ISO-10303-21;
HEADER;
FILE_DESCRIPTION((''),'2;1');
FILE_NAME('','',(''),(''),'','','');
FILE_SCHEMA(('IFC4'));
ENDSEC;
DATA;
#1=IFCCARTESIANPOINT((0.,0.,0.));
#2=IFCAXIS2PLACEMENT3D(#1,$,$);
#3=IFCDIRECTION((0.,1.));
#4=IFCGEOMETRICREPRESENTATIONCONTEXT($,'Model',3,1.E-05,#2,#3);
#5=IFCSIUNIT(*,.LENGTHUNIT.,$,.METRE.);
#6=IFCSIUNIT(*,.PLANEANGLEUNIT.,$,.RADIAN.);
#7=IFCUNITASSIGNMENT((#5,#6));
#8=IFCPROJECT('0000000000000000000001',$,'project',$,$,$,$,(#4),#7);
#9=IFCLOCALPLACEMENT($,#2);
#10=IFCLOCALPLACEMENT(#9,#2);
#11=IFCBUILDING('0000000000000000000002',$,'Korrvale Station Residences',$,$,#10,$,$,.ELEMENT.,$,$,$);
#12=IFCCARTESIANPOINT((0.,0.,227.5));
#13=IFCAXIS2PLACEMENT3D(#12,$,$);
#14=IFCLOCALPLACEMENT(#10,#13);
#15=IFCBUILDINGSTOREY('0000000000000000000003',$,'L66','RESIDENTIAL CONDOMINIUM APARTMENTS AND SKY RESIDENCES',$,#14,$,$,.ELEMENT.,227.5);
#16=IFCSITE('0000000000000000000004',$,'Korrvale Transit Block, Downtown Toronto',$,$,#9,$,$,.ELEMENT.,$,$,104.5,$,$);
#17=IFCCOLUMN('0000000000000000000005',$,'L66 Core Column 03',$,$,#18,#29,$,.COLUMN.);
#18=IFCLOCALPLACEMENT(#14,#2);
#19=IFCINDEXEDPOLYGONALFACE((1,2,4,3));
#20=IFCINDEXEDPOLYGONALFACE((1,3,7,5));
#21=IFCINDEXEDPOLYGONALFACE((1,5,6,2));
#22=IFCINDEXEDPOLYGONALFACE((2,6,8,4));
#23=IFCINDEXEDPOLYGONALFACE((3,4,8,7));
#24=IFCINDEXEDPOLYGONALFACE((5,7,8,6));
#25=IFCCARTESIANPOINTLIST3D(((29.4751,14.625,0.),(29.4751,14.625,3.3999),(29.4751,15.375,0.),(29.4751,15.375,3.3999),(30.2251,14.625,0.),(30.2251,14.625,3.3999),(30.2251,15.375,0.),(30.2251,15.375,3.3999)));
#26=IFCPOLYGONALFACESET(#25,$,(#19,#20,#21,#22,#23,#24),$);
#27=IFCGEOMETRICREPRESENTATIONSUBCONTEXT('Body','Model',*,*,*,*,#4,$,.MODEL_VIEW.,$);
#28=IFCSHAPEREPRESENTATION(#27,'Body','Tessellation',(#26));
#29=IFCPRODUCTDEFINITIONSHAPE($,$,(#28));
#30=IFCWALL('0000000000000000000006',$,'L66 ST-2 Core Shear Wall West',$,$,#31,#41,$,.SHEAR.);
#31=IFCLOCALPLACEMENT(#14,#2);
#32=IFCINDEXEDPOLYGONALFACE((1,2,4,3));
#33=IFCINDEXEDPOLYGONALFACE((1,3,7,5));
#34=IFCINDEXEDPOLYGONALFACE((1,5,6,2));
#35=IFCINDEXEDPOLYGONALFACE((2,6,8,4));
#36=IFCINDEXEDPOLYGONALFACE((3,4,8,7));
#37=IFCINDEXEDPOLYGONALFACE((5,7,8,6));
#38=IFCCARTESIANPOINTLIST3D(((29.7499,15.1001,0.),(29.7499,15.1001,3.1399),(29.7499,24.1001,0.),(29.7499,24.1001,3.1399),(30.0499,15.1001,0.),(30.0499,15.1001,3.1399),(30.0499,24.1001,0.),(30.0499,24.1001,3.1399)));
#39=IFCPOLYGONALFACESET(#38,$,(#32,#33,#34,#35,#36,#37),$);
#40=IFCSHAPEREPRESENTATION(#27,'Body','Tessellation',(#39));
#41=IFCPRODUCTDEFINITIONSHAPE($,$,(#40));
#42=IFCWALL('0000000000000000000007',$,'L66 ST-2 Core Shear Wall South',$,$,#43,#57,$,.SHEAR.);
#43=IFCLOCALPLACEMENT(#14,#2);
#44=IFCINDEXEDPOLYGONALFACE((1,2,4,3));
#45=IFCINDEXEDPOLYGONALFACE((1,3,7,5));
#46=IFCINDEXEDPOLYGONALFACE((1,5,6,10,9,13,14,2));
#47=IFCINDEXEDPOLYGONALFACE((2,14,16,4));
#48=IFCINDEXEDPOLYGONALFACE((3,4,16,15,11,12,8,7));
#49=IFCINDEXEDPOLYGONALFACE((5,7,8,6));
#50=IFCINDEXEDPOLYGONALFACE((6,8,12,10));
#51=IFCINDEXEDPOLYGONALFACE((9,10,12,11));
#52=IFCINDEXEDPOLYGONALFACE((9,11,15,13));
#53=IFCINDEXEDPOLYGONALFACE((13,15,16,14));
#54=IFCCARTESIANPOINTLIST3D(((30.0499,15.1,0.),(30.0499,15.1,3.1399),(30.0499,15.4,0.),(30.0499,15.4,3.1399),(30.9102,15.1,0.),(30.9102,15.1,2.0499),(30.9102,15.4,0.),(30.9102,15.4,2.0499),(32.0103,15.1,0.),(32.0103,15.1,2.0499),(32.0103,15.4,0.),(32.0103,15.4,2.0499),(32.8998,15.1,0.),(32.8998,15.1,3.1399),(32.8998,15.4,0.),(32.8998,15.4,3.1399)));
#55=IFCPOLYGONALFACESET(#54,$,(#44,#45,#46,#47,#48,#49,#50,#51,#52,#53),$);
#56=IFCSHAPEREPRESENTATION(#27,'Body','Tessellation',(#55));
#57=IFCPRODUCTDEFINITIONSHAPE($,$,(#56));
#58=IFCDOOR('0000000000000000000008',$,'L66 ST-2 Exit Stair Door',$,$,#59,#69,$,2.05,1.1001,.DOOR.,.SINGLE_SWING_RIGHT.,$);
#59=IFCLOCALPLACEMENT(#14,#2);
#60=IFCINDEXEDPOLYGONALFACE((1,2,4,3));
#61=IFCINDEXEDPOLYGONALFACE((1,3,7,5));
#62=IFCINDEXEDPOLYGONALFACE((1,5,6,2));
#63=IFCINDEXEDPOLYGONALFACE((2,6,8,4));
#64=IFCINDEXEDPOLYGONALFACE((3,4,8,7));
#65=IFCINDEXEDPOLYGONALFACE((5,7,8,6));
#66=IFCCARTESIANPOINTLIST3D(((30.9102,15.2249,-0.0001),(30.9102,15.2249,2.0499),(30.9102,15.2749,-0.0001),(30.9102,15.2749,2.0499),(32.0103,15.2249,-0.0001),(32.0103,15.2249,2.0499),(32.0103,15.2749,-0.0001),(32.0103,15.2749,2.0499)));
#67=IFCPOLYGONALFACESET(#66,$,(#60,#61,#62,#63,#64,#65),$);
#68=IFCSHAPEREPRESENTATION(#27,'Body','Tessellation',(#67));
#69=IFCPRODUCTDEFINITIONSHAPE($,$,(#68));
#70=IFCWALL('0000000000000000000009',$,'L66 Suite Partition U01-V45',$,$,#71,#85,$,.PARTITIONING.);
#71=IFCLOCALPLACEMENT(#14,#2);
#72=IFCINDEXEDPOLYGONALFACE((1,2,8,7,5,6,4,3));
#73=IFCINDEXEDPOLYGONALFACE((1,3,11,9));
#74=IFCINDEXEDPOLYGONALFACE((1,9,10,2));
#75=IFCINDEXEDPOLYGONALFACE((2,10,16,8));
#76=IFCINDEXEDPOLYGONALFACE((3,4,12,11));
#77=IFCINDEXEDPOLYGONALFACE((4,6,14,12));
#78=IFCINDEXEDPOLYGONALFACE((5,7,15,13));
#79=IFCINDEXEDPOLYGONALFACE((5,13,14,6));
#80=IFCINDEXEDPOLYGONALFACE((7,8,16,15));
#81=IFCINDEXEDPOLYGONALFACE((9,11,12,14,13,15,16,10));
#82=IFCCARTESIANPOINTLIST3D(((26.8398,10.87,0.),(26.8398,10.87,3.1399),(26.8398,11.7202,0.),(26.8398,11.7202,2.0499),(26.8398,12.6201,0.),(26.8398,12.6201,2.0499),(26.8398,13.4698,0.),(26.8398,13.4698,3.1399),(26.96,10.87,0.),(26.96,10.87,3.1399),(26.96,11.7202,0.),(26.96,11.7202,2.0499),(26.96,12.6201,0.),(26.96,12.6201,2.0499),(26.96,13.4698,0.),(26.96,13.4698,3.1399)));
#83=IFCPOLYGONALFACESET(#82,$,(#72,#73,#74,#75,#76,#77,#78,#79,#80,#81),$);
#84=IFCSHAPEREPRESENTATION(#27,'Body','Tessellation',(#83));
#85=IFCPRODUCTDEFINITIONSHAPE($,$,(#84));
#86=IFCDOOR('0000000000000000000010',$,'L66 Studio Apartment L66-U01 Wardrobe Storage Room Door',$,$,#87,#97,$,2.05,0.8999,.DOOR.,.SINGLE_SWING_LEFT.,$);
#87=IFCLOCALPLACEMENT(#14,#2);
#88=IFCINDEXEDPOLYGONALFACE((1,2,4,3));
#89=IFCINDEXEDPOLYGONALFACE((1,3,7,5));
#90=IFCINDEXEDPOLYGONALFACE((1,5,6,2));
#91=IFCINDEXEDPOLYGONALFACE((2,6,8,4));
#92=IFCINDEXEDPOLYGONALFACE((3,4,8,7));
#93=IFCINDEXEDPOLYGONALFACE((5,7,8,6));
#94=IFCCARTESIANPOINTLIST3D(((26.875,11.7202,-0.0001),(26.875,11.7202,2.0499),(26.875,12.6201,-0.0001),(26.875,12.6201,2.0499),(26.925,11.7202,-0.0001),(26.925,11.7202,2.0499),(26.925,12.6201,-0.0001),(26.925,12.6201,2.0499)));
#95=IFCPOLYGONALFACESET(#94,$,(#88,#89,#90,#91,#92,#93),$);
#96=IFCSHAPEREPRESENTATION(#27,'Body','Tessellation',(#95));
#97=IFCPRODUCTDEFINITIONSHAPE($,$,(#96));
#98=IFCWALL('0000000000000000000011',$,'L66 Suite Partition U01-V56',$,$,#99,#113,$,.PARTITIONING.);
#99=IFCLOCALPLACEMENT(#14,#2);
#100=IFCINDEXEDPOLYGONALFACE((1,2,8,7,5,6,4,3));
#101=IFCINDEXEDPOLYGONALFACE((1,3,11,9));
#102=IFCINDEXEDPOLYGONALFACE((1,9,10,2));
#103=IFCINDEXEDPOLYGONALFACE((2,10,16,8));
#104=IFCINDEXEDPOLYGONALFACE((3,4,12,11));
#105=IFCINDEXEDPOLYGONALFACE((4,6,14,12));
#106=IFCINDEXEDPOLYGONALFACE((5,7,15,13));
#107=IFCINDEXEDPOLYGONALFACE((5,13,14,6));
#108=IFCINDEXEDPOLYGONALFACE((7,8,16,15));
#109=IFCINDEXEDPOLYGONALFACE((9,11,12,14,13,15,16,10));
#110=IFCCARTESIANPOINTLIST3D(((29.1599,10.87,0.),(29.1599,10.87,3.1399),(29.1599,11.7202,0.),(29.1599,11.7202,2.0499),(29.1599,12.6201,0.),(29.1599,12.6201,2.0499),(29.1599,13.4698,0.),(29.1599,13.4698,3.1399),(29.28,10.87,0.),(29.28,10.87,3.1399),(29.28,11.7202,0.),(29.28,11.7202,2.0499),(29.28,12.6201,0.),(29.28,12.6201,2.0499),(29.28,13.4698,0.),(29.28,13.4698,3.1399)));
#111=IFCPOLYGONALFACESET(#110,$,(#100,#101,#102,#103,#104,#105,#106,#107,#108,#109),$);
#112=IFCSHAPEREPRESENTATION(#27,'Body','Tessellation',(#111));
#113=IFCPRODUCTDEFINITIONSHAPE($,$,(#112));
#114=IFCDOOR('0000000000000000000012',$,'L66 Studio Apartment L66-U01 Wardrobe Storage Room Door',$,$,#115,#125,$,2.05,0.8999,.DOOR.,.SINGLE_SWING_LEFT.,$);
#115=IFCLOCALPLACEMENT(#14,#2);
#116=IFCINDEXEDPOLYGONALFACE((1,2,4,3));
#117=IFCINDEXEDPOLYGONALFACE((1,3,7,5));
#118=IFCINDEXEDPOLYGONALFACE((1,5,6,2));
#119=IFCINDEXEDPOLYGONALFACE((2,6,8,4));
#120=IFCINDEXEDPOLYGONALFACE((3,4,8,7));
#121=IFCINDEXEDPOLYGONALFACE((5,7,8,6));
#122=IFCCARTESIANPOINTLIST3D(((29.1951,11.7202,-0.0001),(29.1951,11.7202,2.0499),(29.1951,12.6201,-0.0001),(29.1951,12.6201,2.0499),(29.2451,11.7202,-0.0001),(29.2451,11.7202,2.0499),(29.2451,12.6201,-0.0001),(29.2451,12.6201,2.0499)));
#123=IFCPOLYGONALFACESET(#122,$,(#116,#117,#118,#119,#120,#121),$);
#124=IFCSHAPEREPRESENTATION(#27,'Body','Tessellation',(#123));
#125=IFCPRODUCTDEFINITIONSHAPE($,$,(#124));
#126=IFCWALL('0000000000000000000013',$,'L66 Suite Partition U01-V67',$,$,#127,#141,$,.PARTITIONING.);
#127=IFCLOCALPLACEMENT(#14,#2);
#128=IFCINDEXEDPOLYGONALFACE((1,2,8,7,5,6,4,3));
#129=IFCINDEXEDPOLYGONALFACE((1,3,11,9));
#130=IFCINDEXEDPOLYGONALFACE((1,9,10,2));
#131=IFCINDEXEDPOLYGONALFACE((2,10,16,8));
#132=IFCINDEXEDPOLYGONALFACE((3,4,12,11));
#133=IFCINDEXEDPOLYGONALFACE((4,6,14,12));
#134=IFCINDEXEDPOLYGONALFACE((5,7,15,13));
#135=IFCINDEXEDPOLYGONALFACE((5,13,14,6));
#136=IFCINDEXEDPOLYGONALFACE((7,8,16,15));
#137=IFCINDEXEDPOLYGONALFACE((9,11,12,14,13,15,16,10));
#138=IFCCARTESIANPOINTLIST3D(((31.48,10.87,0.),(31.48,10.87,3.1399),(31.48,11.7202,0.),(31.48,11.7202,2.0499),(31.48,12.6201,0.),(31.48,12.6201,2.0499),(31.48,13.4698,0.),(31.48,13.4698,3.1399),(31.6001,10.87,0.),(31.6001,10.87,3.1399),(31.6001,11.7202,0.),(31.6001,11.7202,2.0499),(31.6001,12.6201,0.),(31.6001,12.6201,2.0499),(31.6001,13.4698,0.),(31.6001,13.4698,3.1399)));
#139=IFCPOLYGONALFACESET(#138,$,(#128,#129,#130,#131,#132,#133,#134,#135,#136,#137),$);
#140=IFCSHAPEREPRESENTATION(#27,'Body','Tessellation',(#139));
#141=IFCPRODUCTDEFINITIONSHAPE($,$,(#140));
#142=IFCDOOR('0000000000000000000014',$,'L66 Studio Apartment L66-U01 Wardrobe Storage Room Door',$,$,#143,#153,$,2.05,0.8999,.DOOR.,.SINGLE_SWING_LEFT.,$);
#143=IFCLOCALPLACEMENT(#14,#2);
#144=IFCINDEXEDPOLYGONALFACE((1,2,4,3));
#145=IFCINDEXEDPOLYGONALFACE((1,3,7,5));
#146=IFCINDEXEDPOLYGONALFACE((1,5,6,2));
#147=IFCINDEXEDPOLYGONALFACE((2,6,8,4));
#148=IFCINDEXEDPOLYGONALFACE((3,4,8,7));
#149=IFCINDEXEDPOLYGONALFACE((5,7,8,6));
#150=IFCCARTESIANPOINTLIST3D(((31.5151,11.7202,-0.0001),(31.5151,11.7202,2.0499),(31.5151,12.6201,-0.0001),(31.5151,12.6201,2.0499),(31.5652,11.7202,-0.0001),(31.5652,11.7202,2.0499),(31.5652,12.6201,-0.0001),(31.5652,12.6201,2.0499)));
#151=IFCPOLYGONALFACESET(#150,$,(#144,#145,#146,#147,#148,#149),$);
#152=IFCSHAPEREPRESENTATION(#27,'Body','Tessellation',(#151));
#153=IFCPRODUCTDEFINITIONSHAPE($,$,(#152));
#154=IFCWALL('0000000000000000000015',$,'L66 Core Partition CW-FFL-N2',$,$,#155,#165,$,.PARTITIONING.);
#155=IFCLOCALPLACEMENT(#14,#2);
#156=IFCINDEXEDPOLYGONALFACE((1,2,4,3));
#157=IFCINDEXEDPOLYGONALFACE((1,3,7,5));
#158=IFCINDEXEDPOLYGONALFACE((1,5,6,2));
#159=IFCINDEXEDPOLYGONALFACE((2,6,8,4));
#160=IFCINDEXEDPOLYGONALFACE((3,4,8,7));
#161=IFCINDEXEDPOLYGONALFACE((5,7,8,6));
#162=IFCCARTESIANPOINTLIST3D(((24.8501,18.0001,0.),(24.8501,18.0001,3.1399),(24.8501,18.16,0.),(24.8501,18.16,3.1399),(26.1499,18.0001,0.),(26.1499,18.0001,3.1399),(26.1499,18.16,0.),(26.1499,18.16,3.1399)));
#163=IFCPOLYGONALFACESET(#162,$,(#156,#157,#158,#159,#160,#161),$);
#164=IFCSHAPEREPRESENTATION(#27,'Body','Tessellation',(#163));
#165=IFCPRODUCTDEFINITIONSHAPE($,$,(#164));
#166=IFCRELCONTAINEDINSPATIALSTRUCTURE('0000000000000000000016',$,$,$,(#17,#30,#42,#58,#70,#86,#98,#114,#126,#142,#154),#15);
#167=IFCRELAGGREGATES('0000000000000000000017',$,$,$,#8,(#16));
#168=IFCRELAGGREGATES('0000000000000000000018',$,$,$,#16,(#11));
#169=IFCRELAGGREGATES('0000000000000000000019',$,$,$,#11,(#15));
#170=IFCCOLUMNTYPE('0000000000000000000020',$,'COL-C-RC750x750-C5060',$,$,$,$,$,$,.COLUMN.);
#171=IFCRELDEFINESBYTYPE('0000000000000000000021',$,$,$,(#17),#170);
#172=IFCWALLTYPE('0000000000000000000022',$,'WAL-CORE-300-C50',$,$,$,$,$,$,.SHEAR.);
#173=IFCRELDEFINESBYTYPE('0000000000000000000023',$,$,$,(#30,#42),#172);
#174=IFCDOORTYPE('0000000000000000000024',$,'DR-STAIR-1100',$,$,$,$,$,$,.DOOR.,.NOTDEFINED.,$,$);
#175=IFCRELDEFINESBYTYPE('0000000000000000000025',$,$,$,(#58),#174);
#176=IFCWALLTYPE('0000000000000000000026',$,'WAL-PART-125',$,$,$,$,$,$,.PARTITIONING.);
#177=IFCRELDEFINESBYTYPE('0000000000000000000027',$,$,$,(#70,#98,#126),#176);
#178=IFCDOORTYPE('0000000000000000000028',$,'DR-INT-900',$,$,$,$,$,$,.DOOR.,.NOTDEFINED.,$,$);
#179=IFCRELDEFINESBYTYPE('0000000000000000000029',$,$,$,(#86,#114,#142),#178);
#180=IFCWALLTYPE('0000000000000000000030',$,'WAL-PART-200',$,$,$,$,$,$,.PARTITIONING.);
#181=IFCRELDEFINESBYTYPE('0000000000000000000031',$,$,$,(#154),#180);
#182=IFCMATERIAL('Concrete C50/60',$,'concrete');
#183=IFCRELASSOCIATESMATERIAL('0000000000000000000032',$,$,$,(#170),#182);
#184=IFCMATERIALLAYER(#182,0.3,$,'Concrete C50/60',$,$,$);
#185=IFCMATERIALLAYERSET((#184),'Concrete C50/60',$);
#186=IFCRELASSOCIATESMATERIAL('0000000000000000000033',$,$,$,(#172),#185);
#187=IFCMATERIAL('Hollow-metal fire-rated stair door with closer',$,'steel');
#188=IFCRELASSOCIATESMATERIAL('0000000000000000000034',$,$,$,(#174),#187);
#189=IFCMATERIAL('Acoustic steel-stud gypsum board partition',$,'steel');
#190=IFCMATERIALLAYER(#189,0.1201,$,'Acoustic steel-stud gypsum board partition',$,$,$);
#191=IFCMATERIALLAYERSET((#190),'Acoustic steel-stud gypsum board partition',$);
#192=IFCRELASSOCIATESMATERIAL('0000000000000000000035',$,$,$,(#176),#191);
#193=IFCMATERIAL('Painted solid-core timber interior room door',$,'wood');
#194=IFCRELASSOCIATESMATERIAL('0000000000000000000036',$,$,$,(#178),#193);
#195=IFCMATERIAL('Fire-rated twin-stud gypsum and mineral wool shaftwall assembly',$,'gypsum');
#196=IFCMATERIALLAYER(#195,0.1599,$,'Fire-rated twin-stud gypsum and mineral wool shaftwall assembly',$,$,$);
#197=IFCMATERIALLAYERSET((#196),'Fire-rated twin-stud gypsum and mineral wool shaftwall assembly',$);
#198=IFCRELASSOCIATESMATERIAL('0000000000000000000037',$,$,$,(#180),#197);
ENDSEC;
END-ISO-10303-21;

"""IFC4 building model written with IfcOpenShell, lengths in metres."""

from ifc_helpers import new_model, si_unit, direction, frame, frame_2d, origin, origin_2d, place, context, subcontext, project, spatial, rectangle, extrude, material, layer, layer_set, material_profile, profile_set, type_object, element, fill, save


model = new_model("IFC4")

# Units and contexts
model_context = context("Model", 3, precision=1e-05, world=origin(), true_north=direction((0.0, 1.0)))
body_context = subcontext(model_context, "Body", "Model", "MODEL_VIEW")
ifc_project = project(units=[si_unit("LENGTHUNIT", "METRE"), si_unit("PLANEANGLEUNIT", "RADIAN")], contexts=[model_context])

# Site, building, storey
site_placement = place(None, origin())
site = spatial("IfcSite", under=ifc_project, at=site_placement, Name="Korrvale Transit Block, Downtown Toronto", CompositionType="ELEMENT", RefElevation=104.5)
building_placement = place(site_placement, origin())
building = spatial("IfcBuilding", under=site, at=building_placement, Name="Korrvale Station Residences", CompositionType="ELEMENT")
storey_placement = place(building_placement, frame((0.0, 0.0, 227.5)))
storey = spatial("IfcBuildingStorey", under=building, at=storey_placement, Name="L66", Description="RESIDENTIAL CONDOMINIUM APARTMENTS AND SKY RESIDENCES", CompositionType="ELEMENT", Elevation=227.5)

# Column
ifc_material_1 = material(Name="Concrete C50/60", Category="concrete")
ifc_material_profile = material_profile(ifc_material_1, rectangle(XDim=0.75, YDim=0.75, at=origin_2d()), Name="RC750x750")
ifc_profile_set = profile_set([ifc_material_profile], Name="Concrete C50/60")
column_type = type_object("IfcColumnType", Name="COL-C-RC750x750-C5060", PredefinedType="COLUMN", material=ifc_profile_set)
column_placement = place(storey_placement, frame((29.8501, 15.0, 0.0), z_axis=(0.0, 0.0, 1.0), x_axis=(1.0, 0.0, 0.0)))
element("IfcColumn", 1, at=column_placement, inside=storey, type_object=column_type, Name="L66 Core Column 03", PredefinedType="COLUMN", context=body_context, shape_type="SweptSolid", body=[
    extrude(rectangle(XDim=0.75, YDim=0.75, at=origin_2d()), origin(), (0.0, 0.0, 1.0), 3.3999),
])

# Wall
ifc_layer_1 = layer(ifc_material_1, 0.3, Name="Concrete C50/60")
ifc_layer_set_1 = layer_set([ifc_layer_1], Name="Concrete C50/60")
wall_type_1 = type_object("IfcWallType", Name="WAL-CORE-300-C50", PredefinedType="SHEAR", material=ifc_layer_set_1)
wall_1_placement = place(storey_placement, frame((29.8999, 15.1001, 0.0), z_axis=(0.0, 0.0, 1.0), x_axis=(0.0, 1.0, 0.0)))
element("IfcWall", 2, at=wall_1_placement, inside=storey, type_object=wall_type_1, Name="L66 ST-2 Core Shear Wall West", PredefinedType="SHEAR", context=body_context, shape_type="SweptSolid", body=[
    extrude(rectangle(XDim=9.0, YDim=0.3, at=frame_2d((4.5, 0.0))), origin(), (0.0, 0.0, 1.0), 3.1399),
])

# Walls, openings, doors
wall_2_placement = place(storey_placement, frame((30.05, 15.25, 0.0), z_axis=(0.0, 0.0, 1.0), x_axis=(1.0, 0.0, 0.0)))
wall_2 = element("IfcWall", 3, at=wall_2_placement, inside=storey, type_object=wall_type_1, Name="L66 ST-2 Core Shear Wall South", PredefinedType="SHEAR", context=body_context, shape_type="SweptSolid", body=[
    extrude(rectangle(XDim=2.8499, YDim=0.3, at=frame_2d((1.4248, 0.0))), origin(), (0.0, 0.0, 1.0), 3.1399),
])
opening_1_placement = place(wall_2_placement, frame((0.8601, 0.0, 0.0)))
opening_1 = element("IfcOpeningElement", 4, at=opening_1_placement, cuts=wall_2, PredefinedType="OPENING", context=body_context, shape_type="SweptSolid", body=[
    extrude(rectangle(XDim=1.1001, YDim=2.05, at=frame_2d((0.55, 1.0249))), frame((0.0, 0.1602, 0.0), z_axis=(0.0, -1.0, 0.0), x_axis=(1.0, 0.0, 0.0)), (0.0, 0.0, 1.0), 0.3201),
])
ifc_material_2 = material(Name="Hollow-metal fire-rated stair door with closer", Category="steel")
door_type_1 = type_object("IfcDoorType", Name="DR-STAIR-1100", OperationType="NOTDEFINED", PredefinedType="DOOR", material=ifc_material_2)
door_1_placement = place(opening_1_placement, origin())
door_1 = element("IfcDoor", 5, at=door_1_placement, inside=storey, type_object=door_type_1, Name="L66 ST-2 Exit Stair Door", OperationType="SINGLE_SWING_RIGHT", OverallHeight=2.05, OverallWidth=1.1001, PredefinedType="DOOR", context=body_context, shape_type="SweptSolid", body=[
    extrude(rectangle(XDim=1.1001, YDim=2.05, at=frame_2d((0.55, 1.0249))), frame((0.0, 0.0249, 0.0), z_axis=(0.0, -1.0, 0.0), x_axis=(1.0, 0.0, 0.0)), (0.0, 0.0, 1.0), 0.05),
])
fill(opening_1, door_1)
ifc_material_3 = material(Name="Acoustic steel-stud gypsum board partition", Category="steel")
ifc_layer_2 = layer(ifc_material_3, 0.1201, Name="Acoustic steel-stud gypsum board partition")
ifc_layer_set_2 = layer_set([ifc_layer_2], Name="Acoustic steel-stud gypsum board partition")
wall_type_2 = type_object("IfcWallType", Name="WAL-PART-125", PredefinedType="PARTITIONING", material=ifc_layer_set_2)
wall_3_placement = place(storey_placement, frame((26.8999, 10.8701, 0.0), z_axis=(0.0, 0.0, 1.0), x_axis=(0.0, 1.0, 0.0)))
wall_3 = element("IfcWall", 6, at=wall_3_placement, inside=storey, type_object=wall_type_2, Name="L66 Suite Partition U01-V45", PredefinedType="PARTITIONING", context=body_context, shape_type="SweptSolid", body=[
    extrude(rectangle(XDim=2.5999, YDim=0.1201, at=frame_2d((1.2998, 0.0))), origin(), (0.0, 0.0, 1.0), 3.1399),
])
opening_2_placement = place(wall_3_placement, frame((0.8501, 0.0, 0.0)))
opening_2 = element("IfcOpeningElement", 7, at=opening_2_placement, cuts=wall_3, PredefinedType="OPENING", context=body_context, shape_type="SweptSolid", body=[
    extrude(rectangle(XDim=0.8999, YDim=2.05, at=frame_2d((0.45, 1.0249))), frame((0.0, 0.0701, 0.0), z_axis=(0.0, -1.0, 0.0), x_axis=(1.0, 0.0, 0.0)), (0.0, 0.0, 1.0), 0.1401),
])
ifc_material_4 = material(Name="Painted solid-core timber interior room door", Category="wood")
door_type_2 = type_object("IfcDoorType", Name="DR-INT-900", OperationType="NOTDEFINED", PredefinedType="DOOR", material=ifc_material_4)
door_2_placement = place(opening_2_placement, origin())
door_2 = element("IfcDoor", 8, at=door_2_placement, inside=storey, type_object=door_type_2, Name="L66 Studio Apartment L66-U01 Wardrobe Storage Room Door", OperationType="SINGLE_SWING_LEFT", OverallHeight=2.05, OverallWidth=0.8999, PredefinedType="DOOR", context=body_context, shape_type="SweptSolid", body=[
    extrude(rectangle(XDim=0.8999, YDim=2.05, at=frame_2d((0.45, 1.0249))), frame((0.0, 0.0249, 0.0), z_axis=(0.0, -1.0, 0.0), x_axis=(1.0, 0.0, 0.0)), (0.0, 0.0, 1.0), 0.05),
])
fill(opening_2, door_2)
wall_4_placement = place(storey_placement, frame((29.22, 10.8701, 0.0), z_axis=(0.0, 0.0, 1.0), x_axis=(0.0, 1.0, 0.0)))
wall_4 = element("IfcWall", 9, at=wall_4_placement, inside=storey, type_object=wall_type_2, Name="L66 Suite Partition U01-V56", PredefinedType="PARTITIONING", context=body_context, shape_type="SweptSolid", body=[
    extrude(rectangle(XDim=2.5999, YDim=0.1201, at=frame_2d((1.2998, 0.0))), origin(), (0.0, 0.0, 1.0), 3.1399),
])
opening_3_placement = place(wall_4_placement, frame((0.8501, 0.0, 0.0)))
opening_3 = element("IfcOpeningElement", 10, at=opening_3_placement, cuts=wall_4, PredefinedType="OPENING", context=body_context, shape_type="SweptSolid", body=[
    extrude(rectangle(XDim=0.8999, YDim=2.05, at=frame_2d((0.45, 1.0249))), frame((0.0, 0.0701, 0.0), z_axis=(0.0, -1.0, 0.0), x_axis=(1.0, 0.0, 0.0)), (0.0, 0.0, 1.0), 0.1401),
])
door_3_placement = place(opening_3_placement, origin())
door_3 = element("IfcDoor", 11, at=door_3_placement, inside=storey, type_object=door_type_2, Name="L66 Studio Apartment L66-U01 Wardrobe Storage Room Door", OperationType="SINGLE_SWING_LEFT", OverallHeight=2.05, OverallWidth=0.8999, PredefinedType="DOOR", context=body_context, shape_type="SweptSolid", body=[
    extrude(rectangle(XDim=0.8999, YDim=2.05, at=frame_2d((0.45, 1.0249))), frame((0.0, 0.0249, 0.0), z_axis=(0.0, -1.0, 0.0), x_axis=(1.0, 0.0, 0.0)), (0.0, 0.0, 1.0), 0.05),
])
fill(opening_3, door_3)
wall_5_placement = place(storey_placement, frame((31.54, 10.8701, 0.0), z_axis=(0.0, 0.0, 1.0), x_axis=(0.0, 1.0, 0.0)))
wall_5 = element("IfcWall", 12, at=wall_5_placement, inside=storey, type_object=wall_type_2, Name="L66 Suite Partition U01-V67", PredefinedType="PARTITIONING", context=body_context, shape_type="SweptSolid", body=[
    extrude(rectangle(XDim=2.5999, YDim=0.1201, at=frame_2d((1.2998, 0.0))), origin(), (0.0, 0.0, 1.0), 3.1399),
])
opening_4_placement = place(wall_5_placement, frame((0.8501, 0.0, 0.0)))
opening_4 = element("IfcOpeningElement", 13, at=opening_4_placement, cuts=wall_5, PredefinedType="OPENING", context=body_context, shape_type="SweptSolid", body=[
    extrude(rectangle(XDim=0.8999, YDim=2.05, at=frame_2d((0.45, 1.0249))), frame((0.0, 0.0701, 0.0), z_axis=(0.0, -1.0, 0.0), x_axis=(1.0, 0.0, 0.0)), (0.0, 0.0, 1.0), 0.1401),
])
door_4_placement = place(opening_4_placement, origin())
door_4 = element("IfcDoor", 14, at=door_4_placement, inside=storey, type_object=door_type_2, Name="L66 Studio Apartment L66-U01 Wardrobe Storage Room Door", OperationType="SINGLE_SWING_LEFT", OverallHeight=2.05, OverallWidth=0.8999, PredefinedType="DOOR", context=body_context, shape_type="SweptSolid", body=[
    extrude(rectangle(XDim=0.8999, YDim=2.05, at=frame_2d((0.45, 1.0249))), frame((0.0, 0.0249, 0.0), z_axis=(0.0, -1.0, 0.0), x_axis=(1.0, 0.0, 0.0)), (0.0, 0.0, 1.0), 0.05),
])
fill(opening_4, door_4)

# Wall
ifc_material_5 = material(Name="Fire-rated twin-stud gypsum and mineral wool shaftwall assembly", Category="gypsum")
ifc_layer_3 = layer(ifc_material_5, 0.1599, Name="Fire-rated twin-stud gypsum and mineral wool shaftwall assembly")
ifc_layer_set_3 = layer_set([ifc_layer_3], Name="Fire-rated twin-stud gypsum and mineral wool shaftwall assembly")
wall_type_3 = type_object("IfcWallType", Name="WAL-PART-200", PredefinedType="PARTITIONING", material=ifc_layer_set_3)
wall_6_placement = place(storey_placement, frame((24.8501, 18.0801, 0.0), z_axis=(0.0, 0.0, 1.0), x_axis=(1.0, 0.0, 0.0)))
element("IfcWall", 15, at=wall_6_placement, inside=storey, type_object=wall_type_3, Name="L66 Core Partition CW-FFL-N2", PredefinedType="PARTITIONING", context=body_context, shape_type="SweptSolid", body=[
    extrude(rectangle(XDim=1.2998, YDim=0.1599, at=frame_2d((0.6499, 0.0))), origin(), (0.0, 0.0, 1.0), 3.1399),
])

save(model, "model.ifc")
